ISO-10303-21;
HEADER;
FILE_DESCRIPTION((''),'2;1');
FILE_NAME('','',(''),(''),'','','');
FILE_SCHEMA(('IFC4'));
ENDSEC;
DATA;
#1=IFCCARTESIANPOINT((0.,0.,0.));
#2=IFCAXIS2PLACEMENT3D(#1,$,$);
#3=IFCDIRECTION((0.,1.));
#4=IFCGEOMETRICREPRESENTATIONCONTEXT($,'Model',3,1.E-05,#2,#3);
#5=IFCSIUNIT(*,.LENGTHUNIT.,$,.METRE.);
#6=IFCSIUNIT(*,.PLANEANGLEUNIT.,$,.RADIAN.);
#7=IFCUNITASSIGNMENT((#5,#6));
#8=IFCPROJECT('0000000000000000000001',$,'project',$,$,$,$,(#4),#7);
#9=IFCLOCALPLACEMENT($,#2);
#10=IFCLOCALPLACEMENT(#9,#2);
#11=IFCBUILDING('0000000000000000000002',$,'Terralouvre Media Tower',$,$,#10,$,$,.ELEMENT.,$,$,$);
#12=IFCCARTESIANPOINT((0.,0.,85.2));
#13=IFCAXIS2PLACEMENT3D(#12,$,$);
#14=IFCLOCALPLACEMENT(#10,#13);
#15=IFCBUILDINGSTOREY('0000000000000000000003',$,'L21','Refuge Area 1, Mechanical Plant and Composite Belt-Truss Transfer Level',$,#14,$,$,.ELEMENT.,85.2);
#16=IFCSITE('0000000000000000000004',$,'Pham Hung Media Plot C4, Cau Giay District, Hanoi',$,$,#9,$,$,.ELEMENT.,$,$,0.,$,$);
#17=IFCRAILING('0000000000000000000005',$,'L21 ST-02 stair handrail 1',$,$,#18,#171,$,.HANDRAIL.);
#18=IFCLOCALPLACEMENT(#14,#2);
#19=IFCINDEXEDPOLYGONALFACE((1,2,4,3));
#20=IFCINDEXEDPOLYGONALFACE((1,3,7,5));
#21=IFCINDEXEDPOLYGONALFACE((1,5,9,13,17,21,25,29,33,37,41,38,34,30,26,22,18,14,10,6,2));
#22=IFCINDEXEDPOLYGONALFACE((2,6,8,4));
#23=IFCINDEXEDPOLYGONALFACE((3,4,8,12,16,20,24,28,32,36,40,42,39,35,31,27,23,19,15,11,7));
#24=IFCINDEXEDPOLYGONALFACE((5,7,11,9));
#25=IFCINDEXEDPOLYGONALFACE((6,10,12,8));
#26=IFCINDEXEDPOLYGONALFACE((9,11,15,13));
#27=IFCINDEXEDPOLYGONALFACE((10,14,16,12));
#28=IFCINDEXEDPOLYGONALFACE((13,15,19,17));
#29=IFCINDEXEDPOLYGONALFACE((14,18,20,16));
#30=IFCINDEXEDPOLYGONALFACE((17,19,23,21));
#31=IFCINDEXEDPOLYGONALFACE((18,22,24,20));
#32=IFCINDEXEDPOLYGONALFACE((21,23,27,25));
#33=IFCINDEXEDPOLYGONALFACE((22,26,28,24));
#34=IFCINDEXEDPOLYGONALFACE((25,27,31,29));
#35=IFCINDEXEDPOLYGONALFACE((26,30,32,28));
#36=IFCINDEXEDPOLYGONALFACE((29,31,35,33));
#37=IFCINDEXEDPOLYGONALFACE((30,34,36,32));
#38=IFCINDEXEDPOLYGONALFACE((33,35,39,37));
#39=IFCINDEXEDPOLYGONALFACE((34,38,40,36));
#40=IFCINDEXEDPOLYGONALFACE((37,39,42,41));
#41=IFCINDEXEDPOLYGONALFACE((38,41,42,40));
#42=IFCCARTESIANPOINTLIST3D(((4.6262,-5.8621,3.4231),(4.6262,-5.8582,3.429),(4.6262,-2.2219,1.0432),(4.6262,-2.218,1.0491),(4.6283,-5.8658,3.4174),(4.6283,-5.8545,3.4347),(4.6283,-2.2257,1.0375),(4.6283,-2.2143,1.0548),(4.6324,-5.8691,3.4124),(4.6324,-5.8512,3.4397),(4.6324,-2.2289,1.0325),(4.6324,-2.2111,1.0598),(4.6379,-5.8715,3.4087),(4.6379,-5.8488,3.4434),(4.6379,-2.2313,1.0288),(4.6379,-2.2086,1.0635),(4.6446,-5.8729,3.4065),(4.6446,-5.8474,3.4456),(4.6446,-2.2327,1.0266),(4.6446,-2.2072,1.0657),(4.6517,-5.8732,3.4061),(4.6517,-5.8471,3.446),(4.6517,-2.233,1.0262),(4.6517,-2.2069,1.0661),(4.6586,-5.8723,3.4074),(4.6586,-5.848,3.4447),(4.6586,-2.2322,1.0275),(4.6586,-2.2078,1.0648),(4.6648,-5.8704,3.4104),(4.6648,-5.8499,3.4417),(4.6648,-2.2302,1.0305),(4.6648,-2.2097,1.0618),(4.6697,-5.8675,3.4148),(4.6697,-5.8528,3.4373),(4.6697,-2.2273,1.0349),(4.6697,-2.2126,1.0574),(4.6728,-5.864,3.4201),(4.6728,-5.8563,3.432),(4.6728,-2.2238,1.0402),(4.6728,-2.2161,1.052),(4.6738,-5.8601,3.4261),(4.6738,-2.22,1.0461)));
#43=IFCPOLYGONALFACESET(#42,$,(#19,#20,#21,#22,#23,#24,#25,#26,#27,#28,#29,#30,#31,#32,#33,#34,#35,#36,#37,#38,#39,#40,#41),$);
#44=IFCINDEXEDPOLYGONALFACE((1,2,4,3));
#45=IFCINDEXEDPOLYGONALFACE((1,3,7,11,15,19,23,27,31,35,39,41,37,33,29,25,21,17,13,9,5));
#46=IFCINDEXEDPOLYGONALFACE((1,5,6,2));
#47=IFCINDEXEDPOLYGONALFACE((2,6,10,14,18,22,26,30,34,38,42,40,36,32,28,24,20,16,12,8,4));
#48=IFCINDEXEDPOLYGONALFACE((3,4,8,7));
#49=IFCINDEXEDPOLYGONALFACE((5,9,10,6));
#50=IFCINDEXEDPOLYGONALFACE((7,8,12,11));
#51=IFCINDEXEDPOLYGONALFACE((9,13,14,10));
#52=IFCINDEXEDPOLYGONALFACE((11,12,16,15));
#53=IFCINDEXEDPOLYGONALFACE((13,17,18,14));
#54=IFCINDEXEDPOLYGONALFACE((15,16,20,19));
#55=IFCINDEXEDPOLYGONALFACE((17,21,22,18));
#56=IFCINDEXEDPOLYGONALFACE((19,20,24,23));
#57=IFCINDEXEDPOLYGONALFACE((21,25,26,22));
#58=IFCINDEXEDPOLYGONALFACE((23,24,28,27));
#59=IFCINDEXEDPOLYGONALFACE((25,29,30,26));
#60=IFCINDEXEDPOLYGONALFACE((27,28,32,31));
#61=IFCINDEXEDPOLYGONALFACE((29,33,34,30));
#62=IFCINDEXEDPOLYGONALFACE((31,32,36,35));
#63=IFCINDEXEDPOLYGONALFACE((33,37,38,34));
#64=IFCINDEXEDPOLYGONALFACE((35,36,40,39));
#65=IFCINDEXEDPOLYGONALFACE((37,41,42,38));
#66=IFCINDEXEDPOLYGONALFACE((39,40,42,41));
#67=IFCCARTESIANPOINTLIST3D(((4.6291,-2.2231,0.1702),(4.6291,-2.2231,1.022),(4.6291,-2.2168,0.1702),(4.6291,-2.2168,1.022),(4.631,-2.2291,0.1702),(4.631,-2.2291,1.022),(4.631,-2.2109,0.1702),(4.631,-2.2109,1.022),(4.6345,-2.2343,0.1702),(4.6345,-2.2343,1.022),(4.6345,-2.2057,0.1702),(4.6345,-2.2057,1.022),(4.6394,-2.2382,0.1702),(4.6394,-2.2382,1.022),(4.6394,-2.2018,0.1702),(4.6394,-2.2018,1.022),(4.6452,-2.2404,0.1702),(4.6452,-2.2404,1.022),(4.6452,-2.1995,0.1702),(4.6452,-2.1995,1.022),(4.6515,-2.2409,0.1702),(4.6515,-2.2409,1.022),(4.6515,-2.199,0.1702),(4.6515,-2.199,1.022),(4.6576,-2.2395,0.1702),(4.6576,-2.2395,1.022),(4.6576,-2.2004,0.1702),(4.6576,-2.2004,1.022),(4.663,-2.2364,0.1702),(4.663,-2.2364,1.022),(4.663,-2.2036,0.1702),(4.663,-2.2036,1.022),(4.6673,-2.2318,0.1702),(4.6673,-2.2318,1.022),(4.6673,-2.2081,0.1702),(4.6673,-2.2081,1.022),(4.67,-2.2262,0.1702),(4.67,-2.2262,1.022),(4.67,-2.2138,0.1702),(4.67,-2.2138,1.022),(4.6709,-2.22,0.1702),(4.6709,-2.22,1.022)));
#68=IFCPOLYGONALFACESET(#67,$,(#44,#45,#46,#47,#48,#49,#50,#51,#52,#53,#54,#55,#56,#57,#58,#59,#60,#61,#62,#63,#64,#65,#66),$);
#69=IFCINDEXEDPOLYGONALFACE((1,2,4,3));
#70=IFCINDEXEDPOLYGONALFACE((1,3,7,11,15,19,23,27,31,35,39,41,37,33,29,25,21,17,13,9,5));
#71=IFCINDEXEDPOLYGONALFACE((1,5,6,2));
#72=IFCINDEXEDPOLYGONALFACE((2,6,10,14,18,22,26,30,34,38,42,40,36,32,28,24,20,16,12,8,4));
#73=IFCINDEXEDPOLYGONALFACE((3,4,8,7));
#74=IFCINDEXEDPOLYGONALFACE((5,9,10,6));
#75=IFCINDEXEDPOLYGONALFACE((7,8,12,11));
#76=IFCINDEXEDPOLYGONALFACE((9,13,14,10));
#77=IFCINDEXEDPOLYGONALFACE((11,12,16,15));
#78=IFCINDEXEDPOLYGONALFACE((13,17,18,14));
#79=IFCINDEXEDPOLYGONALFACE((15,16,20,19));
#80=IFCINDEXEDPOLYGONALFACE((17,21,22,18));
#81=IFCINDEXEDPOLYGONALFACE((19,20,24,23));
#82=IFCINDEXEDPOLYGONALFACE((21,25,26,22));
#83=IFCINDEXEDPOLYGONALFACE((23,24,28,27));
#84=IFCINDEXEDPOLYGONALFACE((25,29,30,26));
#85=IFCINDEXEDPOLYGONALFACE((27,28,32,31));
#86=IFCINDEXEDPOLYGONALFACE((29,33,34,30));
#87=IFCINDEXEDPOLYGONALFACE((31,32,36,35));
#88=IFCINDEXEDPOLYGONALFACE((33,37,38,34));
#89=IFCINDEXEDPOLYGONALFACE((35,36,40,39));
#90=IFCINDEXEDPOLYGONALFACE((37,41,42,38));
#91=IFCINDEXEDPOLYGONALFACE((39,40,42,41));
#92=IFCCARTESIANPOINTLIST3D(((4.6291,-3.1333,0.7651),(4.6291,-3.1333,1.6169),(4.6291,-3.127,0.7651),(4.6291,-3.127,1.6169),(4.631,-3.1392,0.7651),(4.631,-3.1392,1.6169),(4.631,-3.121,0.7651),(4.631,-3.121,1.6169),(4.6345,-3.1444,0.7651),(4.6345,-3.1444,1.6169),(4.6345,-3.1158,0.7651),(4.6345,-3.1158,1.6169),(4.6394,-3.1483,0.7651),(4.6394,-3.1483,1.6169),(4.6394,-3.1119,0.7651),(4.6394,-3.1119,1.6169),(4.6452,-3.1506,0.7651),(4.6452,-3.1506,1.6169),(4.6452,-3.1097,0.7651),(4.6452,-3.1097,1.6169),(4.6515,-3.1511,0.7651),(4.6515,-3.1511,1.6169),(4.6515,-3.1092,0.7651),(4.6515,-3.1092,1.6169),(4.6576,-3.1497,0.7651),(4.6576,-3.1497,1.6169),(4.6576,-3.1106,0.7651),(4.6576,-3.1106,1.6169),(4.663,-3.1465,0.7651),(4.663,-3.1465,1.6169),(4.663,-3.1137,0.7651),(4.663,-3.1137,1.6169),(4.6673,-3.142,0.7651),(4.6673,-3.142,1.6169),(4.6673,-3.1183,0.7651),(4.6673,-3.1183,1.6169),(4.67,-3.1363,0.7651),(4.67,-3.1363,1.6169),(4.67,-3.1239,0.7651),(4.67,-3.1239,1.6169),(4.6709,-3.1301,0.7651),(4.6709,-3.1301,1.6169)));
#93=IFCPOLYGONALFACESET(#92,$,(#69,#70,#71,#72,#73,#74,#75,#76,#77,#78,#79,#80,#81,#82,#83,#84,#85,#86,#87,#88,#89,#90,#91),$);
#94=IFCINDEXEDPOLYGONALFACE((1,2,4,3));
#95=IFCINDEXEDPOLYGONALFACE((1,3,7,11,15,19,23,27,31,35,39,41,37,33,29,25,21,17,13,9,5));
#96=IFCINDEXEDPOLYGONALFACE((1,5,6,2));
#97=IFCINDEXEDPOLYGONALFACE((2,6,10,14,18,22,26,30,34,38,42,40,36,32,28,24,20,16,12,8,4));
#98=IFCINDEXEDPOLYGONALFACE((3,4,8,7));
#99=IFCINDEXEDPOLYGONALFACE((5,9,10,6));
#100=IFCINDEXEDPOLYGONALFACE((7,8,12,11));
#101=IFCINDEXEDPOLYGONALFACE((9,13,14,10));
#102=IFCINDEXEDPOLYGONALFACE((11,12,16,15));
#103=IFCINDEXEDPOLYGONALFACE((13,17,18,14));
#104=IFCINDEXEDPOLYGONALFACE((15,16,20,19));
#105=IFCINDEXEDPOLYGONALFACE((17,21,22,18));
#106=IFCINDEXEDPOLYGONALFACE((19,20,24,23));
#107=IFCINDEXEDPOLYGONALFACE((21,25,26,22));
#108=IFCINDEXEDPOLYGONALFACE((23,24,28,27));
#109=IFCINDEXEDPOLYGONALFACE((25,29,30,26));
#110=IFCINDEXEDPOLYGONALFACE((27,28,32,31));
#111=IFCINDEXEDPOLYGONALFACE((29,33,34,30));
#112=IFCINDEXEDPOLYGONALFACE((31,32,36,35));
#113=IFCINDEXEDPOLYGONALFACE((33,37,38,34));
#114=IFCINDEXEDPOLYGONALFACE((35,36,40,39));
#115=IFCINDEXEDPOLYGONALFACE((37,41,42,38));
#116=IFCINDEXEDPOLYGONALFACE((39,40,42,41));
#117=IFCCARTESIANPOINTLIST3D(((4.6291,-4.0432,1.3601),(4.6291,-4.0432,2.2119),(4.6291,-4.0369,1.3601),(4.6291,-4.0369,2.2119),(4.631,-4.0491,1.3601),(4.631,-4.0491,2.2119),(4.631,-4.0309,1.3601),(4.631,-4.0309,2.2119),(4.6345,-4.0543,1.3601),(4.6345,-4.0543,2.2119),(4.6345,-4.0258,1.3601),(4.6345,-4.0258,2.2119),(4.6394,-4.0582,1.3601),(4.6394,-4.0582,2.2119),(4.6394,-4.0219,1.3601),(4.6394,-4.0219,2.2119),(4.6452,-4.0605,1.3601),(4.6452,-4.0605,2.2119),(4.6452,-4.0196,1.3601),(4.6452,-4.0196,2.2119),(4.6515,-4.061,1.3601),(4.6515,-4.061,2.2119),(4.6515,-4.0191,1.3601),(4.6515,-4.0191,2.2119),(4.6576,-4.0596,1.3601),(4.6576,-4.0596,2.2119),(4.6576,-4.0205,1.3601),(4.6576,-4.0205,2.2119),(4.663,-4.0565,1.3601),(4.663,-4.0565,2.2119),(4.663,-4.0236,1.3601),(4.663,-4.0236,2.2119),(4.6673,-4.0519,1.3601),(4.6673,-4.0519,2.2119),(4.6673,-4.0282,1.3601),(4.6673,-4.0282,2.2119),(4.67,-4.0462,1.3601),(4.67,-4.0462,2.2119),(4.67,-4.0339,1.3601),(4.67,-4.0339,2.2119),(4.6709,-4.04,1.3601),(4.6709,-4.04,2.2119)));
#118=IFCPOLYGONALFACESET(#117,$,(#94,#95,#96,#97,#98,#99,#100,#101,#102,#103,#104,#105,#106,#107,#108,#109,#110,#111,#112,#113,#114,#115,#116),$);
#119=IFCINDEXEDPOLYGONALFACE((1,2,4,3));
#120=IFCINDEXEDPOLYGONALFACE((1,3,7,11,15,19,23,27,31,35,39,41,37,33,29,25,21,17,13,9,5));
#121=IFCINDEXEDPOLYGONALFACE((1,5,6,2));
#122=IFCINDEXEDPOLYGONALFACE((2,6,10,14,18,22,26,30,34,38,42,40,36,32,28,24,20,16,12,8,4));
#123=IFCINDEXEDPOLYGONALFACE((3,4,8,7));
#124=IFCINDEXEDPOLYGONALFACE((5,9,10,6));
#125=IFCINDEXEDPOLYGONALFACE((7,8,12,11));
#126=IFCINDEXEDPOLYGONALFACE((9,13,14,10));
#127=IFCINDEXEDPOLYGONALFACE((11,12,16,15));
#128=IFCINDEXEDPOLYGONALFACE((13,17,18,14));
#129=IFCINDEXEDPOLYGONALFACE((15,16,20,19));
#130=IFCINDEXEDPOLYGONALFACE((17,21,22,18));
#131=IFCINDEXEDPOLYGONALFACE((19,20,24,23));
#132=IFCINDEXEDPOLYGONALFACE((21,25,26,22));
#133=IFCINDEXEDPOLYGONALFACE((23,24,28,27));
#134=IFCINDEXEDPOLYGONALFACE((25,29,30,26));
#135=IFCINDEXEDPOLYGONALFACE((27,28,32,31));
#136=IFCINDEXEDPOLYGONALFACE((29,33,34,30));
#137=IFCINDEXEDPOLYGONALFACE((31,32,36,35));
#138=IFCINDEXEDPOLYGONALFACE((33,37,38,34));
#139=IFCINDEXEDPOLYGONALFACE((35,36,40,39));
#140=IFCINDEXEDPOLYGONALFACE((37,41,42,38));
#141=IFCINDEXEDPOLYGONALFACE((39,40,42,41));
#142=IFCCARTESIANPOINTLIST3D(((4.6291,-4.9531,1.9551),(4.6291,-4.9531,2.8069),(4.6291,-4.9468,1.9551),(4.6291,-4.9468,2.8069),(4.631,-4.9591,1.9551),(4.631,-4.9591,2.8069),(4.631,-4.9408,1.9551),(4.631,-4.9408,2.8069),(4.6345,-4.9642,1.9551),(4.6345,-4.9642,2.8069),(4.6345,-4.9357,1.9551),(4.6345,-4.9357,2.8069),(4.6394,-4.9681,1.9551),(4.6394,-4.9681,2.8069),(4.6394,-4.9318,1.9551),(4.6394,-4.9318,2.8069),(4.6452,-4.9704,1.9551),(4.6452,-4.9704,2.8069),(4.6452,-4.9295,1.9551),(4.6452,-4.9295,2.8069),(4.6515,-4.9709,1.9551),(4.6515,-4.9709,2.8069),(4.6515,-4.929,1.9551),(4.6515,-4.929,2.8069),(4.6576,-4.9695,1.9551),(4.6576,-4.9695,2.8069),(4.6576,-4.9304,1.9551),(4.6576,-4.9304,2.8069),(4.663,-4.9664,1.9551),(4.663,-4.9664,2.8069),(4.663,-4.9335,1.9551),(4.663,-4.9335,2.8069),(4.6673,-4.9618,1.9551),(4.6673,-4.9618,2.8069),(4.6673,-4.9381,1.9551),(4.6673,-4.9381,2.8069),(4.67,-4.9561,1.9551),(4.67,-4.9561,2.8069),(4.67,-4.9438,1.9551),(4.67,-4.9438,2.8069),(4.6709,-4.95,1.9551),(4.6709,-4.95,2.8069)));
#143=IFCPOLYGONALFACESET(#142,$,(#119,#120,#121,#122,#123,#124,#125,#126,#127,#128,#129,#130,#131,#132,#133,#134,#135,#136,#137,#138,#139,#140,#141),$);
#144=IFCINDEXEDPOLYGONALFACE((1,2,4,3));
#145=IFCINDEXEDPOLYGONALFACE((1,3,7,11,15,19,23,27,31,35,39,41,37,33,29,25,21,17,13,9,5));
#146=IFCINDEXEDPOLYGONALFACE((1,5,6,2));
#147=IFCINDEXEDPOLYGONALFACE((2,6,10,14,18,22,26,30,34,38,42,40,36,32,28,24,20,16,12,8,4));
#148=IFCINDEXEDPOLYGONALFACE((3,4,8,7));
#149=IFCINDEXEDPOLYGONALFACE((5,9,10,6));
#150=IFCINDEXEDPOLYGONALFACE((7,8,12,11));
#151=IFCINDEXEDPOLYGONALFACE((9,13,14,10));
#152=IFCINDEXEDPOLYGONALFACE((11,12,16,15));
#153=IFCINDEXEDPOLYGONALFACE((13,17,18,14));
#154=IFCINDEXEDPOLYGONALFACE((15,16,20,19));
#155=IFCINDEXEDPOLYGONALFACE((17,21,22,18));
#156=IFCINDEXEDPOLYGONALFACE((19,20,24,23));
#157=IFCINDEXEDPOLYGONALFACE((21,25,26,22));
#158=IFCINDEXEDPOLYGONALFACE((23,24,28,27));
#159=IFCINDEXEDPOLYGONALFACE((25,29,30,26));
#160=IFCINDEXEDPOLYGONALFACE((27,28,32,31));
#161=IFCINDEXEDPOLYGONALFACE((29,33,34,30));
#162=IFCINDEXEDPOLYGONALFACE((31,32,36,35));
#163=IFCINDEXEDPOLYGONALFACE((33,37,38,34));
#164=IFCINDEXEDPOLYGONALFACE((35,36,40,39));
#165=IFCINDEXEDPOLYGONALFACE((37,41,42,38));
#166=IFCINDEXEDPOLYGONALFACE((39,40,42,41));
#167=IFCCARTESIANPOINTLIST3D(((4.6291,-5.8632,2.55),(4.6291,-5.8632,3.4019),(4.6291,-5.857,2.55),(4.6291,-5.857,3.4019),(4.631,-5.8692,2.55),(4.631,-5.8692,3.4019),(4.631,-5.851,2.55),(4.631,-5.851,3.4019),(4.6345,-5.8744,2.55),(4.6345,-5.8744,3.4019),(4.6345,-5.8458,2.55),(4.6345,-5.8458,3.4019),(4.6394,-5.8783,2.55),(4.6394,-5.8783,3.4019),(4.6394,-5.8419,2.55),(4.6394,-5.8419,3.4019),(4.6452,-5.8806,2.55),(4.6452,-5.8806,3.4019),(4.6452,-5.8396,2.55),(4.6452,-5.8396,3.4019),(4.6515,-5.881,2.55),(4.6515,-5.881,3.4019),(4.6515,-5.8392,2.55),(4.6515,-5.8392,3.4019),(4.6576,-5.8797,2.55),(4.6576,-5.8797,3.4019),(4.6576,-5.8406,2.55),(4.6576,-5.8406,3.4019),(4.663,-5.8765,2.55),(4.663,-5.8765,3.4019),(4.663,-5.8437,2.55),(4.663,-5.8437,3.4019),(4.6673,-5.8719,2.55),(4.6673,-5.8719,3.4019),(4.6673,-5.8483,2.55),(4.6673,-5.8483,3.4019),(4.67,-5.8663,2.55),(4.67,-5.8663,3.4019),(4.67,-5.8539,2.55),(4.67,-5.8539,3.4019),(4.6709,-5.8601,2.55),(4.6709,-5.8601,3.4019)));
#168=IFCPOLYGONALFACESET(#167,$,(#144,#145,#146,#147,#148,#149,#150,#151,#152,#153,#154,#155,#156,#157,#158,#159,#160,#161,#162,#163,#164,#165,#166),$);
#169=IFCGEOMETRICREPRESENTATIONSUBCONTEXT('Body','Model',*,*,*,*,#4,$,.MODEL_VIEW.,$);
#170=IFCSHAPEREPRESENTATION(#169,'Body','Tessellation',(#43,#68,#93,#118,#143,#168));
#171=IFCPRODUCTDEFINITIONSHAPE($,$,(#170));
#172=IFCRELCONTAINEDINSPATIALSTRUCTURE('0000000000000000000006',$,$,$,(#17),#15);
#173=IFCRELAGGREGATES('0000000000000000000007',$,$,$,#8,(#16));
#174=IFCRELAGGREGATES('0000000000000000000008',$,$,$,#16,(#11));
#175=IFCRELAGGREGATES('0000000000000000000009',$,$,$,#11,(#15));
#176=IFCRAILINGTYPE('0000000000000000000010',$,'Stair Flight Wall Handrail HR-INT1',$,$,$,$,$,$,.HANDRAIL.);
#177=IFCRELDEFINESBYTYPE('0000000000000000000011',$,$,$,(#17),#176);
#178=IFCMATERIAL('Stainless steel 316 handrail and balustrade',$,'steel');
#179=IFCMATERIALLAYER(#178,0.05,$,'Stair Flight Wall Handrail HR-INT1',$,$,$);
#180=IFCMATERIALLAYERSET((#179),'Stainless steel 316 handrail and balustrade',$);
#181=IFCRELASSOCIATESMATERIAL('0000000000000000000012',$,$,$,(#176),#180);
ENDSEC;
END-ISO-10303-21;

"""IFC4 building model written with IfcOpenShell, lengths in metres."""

from ifc_helpers import new_model, si_unit, direction, frame, origin, origin_2d, place, context, subcontext, project, spatial, circle, extrude, material, layer, layer_set, type_object, element, save


model = new_model("IFC4")

# Units and contexts
model_context = context("Model", 3, precision=1e-05, world=origin(), true_north=direction((0.0, 1.0)))
body_context = subcontext(model_context, "Body", "Model", "MODEL_VIEW")
ifc_project = project(units=[si_unit("LENGTHUNIT", "METRE"), si_unit("PLANEANGLEUNIT", "RADIAN")], contexts=[model_context])

# Site, building, storey
site_placement = place(None, origin())
site = spatial("IfcSite", under=ifc_project, at=site_placement, Name="Pham Hung Media Plot C4, Cau Giay District, Hanoi", CompositionType="ELEMENT", RefElevation=0.0)
building_placement = place(site_placement, origin())
building = spatial("IfcBuilding", under=site, at=building_placement, Name="Terralouvre Media Tower", CompositionType="ELEMENT")
storey_placement = place(building_placement, frame((0.0, 0.0, 85.2)))
storey = spatial("IfcBuildingStorey", under=building, at=storey_placement, Name="L21", Description="Refuge Area 1, Mechanical Plant and Composite Belt-Truss Transfer Level", CompositionType="ELEMENT", Elevation=85.2)

# Railing
ifc_material_1 = material(Name="Stainless steel 316 handrail and balustrade", Category="steel")
ifc_layer_1 = layer(ifc_material_1, 0.05, Name="Stair Flight Wall Handrail HR-INT1")
ifc_layer_set_1 = layer_set([ifc_layer_1], Name="Stainless steel 316 handrail and balustrade")
railing_type_1 = type_object("IfcRailingType", Name="Stair Flight Wall Handrail HR-INT1", PredefinedType="HANDRAIL", material=ifc_layer_set_1)
railing_1_placement = place(storey_placement, frame((4.6499, -2.22, 0.1702)))
element("IfcRailing", 1, at=railing_1_placement, inside=storey, type_object=railing_type_1, Name="L21 ST-02 stair handrail 1", PredefinedType="HANDRAIL", context=body_context, shape_type="SweptSolid", body=[
    extrude(circle(Radius=0.0239, at=origin_2d()), frame((0.0, 0.0, 0.876), z_axis=(0.0, -0.836991, 0.547216), x_axis=(1.0, 0.0, 0.0)), (0.0, 0.0, 1.0), 4.3491),
    extrude(circle(Radius=0.021, at=origin_2d()), origin(), (0.0, 0.0, 1.0), 0.8518),
    extrude(circle(Radius=0.021, at=origin_2d()), frame((0.0, -0.9102, 0.595)), (0.0, 0.0, 1.0), 0.8518),
    extrude(circle(Radius=0.021, at=origin_2d()), frame((0.0, -1.8201, 1.1899)), (0.0, 0.0, 1.0), 0.8518),
    extrude(circle(Radius=0.021, at=origin_2d()), frame((0.0, -2.73, 1.7849)), (0.0, 0.0, 1.0), 0.8518),
    extrude(circle(Radius=0.021, at=origin_2d()), frame((0.0, -3.6401, 2.3799)), (0.0, 0.0, 1.0), 0.8518),
])

save(model, "model.ifc")
